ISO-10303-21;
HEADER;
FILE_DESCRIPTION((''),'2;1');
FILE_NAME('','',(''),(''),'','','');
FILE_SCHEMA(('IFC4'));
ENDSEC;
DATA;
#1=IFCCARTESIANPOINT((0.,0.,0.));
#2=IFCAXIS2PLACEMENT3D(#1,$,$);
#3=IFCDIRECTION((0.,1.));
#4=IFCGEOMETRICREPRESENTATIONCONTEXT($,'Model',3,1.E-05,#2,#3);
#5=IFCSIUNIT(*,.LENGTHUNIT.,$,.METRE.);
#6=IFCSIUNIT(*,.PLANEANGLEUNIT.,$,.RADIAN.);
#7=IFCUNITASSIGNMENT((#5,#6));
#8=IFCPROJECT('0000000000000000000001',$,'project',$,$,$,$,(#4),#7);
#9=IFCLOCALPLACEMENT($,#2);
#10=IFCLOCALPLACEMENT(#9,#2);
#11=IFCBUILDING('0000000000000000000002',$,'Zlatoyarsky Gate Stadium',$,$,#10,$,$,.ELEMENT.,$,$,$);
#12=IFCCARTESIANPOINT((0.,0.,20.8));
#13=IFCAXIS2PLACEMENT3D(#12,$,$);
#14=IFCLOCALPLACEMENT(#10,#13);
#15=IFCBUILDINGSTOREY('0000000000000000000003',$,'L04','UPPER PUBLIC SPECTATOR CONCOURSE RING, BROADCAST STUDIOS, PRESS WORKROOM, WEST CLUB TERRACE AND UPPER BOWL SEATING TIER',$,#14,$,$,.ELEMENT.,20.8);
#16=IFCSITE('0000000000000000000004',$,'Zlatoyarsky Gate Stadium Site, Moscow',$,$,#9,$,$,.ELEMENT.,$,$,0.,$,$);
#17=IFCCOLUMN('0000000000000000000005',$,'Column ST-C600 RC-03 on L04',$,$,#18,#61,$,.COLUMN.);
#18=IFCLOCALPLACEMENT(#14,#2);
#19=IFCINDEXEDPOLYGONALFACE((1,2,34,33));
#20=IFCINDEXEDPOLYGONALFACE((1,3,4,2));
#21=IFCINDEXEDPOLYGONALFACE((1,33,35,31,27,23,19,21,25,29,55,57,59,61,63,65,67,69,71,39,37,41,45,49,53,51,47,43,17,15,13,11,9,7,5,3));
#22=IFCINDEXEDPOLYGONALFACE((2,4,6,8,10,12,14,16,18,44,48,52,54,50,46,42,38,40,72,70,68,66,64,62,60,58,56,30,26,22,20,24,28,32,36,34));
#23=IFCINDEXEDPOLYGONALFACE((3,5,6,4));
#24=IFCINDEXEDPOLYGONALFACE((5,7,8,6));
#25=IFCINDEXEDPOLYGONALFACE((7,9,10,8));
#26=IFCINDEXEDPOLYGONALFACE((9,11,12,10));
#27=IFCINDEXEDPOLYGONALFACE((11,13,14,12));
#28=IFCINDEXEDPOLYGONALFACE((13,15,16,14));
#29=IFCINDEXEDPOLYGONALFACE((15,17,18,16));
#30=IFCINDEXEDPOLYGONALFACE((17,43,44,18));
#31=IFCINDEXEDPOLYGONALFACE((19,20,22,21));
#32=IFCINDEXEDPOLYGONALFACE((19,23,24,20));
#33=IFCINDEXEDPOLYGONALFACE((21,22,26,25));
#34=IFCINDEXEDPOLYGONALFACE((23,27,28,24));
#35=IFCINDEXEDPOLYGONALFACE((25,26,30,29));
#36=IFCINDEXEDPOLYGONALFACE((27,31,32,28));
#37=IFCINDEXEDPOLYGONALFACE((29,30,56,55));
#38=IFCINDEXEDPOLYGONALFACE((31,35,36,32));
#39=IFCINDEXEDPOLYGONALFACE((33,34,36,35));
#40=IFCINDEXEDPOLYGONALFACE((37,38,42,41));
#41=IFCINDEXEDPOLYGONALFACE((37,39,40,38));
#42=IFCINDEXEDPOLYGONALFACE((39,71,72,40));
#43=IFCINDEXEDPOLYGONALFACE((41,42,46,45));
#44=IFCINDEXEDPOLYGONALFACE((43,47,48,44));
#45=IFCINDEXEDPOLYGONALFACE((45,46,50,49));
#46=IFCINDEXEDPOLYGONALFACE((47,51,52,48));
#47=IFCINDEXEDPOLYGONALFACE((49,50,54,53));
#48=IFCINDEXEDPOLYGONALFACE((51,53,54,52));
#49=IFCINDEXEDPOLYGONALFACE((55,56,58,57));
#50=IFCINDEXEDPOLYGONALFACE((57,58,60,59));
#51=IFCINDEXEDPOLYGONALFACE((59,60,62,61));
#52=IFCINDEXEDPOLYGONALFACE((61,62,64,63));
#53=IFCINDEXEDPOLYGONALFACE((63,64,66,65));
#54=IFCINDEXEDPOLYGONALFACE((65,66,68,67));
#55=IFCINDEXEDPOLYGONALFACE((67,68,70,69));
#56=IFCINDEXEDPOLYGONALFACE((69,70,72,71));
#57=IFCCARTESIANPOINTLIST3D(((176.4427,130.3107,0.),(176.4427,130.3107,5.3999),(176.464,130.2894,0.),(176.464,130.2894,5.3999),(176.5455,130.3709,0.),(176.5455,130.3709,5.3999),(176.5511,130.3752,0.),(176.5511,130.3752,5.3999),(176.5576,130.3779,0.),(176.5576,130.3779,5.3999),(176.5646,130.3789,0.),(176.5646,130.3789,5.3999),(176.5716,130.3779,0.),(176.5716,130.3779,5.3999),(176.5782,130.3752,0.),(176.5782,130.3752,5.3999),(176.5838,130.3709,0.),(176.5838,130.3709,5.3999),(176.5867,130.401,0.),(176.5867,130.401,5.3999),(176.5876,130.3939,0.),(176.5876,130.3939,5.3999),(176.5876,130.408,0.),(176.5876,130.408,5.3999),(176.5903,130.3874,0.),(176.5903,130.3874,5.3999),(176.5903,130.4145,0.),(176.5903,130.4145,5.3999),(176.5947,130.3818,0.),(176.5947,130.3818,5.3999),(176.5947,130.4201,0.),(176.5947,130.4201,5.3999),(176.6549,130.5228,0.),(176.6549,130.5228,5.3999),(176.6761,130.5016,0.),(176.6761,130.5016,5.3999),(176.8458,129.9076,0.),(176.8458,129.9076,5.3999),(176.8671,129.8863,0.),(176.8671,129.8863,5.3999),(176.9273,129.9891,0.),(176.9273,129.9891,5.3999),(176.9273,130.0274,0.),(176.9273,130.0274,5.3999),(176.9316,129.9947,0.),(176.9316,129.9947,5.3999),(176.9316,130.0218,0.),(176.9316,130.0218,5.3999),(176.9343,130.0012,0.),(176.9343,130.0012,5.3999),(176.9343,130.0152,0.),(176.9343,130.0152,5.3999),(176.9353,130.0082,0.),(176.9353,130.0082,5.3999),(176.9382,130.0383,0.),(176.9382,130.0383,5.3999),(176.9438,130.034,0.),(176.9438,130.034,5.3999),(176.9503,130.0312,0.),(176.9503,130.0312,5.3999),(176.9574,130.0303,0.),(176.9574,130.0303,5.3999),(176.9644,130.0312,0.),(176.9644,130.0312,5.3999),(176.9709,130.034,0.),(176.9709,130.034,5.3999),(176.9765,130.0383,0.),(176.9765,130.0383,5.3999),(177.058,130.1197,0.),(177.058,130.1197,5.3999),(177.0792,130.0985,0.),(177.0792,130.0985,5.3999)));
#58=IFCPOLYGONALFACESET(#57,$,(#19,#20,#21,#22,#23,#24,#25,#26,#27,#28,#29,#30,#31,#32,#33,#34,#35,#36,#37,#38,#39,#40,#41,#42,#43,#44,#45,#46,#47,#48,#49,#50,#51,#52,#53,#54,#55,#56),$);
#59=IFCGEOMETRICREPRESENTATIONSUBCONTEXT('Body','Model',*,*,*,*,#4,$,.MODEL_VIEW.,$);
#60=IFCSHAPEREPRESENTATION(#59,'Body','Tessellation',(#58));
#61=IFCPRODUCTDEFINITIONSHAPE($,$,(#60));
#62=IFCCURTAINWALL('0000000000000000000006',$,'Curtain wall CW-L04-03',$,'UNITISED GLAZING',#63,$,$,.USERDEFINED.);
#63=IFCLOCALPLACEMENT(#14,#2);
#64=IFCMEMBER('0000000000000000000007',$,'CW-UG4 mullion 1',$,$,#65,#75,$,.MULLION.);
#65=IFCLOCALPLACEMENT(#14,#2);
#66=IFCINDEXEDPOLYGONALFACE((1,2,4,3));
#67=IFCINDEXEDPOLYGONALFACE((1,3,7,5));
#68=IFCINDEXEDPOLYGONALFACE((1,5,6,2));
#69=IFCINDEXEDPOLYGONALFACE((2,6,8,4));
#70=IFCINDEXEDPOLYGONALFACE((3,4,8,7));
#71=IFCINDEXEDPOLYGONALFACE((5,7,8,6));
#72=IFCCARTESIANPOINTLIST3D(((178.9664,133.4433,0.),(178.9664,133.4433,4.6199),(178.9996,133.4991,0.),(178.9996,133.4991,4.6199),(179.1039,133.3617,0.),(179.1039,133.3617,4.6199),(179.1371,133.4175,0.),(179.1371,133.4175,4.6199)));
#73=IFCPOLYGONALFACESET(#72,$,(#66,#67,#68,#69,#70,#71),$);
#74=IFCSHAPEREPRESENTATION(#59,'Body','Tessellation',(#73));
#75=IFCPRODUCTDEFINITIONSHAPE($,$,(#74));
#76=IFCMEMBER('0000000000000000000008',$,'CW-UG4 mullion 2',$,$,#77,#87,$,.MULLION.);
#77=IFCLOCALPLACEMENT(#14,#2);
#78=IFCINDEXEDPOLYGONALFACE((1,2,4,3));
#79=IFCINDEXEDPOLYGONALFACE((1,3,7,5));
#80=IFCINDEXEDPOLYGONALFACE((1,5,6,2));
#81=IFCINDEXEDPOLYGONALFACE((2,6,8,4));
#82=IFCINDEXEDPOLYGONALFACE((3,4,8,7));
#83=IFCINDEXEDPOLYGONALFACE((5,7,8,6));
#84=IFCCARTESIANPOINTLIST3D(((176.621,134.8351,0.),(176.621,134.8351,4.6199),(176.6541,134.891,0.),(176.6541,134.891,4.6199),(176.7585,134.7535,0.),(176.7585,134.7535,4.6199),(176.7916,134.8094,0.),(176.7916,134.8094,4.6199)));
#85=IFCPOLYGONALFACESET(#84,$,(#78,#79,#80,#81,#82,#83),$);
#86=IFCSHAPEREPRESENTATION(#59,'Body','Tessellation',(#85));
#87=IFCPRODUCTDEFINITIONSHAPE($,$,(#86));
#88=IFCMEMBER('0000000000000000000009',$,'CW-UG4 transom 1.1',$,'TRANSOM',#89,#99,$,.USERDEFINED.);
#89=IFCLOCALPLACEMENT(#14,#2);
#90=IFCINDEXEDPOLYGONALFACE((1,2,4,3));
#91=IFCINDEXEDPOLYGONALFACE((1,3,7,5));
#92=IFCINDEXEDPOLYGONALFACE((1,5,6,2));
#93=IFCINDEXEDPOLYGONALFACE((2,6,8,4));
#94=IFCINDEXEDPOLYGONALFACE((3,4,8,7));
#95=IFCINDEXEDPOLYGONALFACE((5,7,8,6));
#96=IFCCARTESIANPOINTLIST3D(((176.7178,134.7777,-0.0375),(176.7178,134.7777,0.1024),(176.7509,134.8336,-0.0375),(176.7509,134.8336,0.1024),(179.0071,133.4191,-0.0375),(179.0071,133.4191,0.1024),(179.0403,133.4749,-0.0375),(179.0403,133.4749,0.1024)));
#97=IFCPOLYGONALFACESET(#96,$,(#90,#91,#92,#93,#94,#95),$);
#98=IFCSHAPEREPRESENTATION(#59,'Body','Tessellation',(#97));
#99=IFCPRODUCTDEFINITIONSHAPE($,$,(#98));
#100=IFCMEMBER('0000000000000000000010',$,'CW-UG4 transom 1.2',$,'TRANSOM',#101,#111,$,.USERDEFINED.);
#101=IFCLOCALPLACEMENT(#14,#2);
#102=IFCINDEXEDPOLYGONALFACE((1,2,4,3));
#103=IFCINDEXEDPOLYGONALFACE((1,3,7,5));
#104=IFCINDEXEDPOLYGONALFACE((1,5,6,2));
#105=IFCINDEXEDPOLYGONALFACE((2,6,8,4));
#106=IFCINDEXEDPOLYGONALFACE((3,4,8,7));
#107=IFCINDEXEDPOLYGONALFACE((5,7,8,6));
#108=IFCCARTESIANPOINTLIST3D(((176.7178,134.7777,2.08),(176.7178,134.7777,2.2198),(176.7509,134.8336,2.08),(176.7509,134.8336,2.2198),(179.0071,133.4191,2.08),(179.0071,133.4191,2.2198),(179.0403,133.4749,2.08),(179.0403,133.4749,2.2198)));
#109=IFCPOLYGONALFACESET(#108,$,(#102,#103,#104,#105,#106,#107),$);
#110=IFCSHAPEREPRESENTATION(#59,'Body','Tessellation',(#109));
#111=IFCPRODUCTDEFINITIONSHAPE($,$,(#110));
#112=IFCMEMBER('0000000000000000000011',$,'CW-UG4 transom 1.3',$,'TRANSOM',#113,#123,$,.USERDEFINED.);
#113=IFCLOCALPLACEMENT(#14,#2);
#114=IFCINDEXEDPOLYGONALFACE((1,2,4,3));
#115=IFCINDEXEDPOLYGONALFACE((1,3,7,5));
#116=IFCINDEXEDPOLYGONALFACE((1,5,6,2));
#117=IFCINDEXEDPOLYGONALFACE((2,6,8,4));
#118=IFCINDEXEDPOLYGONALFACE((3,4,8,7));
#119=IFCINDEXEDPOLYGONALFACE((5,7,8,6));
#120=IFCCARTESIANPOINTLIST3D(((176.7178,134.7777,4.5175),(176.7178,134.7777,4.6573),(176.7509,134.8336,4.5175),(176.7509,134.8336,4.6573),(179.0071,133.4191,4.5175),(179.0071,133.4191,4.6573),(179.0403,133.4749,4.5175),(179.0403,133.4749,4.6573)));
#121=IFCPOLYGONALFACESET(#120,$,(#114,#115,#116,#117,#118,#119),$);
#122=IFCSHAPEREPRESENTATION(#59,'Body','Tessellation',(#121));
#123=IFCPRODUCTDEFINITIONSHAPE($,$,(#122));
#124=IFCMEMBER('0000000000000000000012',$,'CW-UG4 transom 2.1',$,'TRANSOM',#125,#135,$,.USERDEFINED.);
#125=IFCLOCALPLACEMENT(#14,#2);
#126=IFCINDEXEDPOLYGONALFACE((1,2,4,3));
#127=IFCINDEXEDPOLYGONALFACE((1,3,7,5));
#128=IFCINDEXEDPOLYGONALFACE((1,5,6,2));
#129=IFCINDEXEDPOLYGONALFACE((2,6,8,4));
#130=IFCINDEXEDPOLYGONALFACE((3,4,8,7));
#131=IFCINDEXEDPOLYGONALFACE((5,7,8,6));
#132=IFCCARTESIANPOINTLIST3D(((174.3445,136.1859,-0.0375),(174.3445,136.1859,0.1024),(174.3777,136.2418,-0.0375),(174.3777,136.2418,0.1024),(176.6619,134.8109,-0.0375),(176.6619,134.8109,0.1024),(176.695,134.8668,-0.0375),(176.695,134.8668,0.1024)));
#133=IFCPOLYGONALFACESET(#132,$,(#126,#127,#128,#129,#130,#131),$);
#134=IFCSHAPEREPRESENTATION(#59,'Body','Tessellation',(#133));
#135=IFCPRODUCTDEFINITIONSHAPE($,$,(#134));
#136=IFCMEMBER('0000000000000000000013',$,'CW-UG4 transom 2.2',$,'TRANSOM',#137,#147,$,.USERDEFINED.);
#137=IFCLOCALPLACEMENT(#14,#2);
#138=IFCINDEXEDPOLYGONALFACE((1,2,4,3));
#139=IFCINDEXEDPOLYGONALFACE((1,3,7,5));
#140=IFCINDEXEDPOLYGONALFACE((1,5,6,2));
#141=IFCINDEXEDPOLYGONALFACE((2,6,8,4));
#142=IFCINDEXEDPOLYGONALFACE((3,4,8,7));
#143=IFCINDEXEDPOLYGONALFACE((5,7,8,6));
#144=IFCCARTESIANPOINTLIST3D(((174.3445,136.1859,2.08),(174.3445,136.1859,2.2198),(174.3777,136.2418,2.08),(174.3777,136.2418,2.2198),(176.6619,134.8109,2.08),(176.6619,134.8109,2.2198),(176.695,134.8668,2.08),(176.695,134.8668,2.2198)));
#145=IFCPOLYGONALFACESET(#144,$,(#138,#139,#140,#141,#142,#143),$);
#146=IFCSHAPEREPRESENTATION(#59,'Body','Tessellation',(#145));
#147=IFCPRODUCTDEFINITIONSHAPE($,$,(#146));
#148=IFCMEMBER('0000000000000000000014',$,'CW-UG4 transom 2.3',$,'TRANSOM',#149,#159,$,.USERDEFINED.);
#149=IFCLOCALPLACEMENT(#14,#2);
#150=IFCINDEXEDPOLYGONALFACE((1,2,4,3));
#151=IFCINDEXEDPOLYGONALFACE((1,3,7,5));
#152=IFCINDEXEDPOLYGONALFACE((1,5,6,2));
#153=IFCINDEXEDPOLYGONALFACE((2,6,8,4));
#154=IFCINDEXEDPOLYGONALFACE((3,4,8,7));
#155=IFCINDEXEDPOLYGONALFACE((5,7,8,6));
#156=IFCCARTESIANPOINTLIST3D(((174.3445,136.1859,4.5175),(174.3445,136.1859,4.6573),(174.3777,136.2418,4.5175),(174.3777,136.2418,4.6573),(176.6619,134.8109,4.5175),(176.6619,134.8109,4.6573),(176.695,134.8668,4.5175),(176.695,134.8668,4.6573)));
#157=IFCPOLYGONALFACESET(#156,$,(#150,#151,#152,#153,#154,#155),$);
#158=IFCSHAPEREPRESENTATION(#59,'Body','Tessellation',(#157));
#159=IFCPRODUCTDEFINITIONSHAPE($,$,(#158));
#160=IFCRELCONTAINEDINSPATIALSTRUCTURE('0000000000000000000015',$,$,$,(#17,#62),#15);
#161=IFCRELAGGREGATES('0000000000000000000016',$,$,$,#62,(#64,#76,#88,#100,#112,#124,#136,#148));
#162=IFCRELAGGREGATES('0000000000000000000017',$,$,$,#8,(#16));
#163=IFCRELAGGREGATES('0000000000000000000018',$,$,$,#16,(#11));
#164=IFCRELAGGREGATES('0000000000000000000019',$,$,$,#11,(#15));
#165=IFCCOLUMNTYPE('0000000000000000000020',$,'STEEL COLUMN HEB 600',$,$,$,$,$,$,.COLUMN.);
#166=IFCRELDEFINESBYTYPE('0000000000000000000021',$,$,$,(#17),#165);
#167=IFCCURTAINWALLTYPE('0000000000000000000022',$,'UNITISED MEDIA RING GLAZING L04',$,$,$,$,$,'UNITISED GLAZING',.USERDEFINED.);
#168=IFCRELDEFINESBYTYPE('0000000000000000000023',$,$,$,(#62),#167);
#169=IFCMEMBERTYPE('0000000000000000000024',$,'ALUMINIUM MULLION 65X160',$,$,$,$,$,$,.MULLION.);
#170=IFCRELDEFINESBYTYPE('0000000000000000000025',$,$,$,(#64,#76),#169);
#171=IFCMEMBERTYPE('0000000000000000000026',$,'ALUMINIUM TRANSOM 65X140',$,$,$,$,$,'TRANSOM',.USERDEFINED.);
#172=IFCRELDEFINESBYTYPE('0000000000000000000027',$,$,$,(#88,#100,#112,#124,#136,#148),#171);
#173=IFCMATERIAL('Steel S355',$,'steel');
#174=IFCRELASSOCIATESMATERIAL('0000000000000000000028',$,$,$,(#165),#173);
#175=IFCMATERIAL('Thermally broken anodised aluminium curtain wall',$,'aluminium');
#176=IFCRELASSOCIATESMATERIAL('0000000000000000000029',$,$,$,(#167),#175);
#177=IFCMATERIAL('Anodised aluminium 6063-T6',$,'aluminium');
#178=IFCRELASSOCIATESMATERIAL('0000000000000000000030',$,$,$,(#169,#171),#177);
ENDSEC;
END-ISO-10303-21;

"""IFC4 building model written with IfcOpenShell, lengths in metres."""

from ifc_helpers import new_model, si_unit, direction, frame, origin, origin_2d, place, context, subcontext, project, spatial, rectangle, i_section, extrude, material, material_profile, profile_set, type_object, element, aggregate, save


model = new_model("IFC4")

# Units and contexts
model_context = context("Model", 3, precision=1e-05, world=origin(), true_north=direction((0.0, 1.0)))
body_context = subcontext(model_context, "Body", "Model", "MODEL_VIEW")
ifc_project = project(units=[si_unit("LENGTHUNIT", "METRE"), si_unit("PLANEANGLEUNIT", "RADIAN")], contexts=[model_context])

# Site, building, storey
site_placement = place(None, origin())
site = spatial("IfcSite", under=ifc_project, at=site_placement, Name="Zlatoyarsky Gate Stadium Site, Moscow", CompositionType="ELEMENT", RefElevation=0.0)
building_placement = place(site_placement, origin())
building = spatial("IfcBuilding", under=site, at=building_placement, Name="Zlatoyarsky Gate Stadium", CompositionType="ELEMENT")
storey_placement = place(building_placement, frame((0.0, 0.0, 20.8)))
storey = spatial("IfcBuildingStorey", under=building, at=storey_placement, Name="L04", Description="UPPER PUBLIC SPECTATOR CONCOURSE RING, BROADCAST STUDIOS, PRESS WORKROOM, WEST CLUB TERRACE AND UPPER BOWL SEATING TIER", CompositionType="ELEMENT", Elevation=20.8)

# Column
ifc_material_1 = material(Name="Steel S355", Category="steel")
ifc_material_profile_1 = material_profile(ifc_material_1, i_section(OverallWidth=0.3, OverallDepth=0.6001, WebThickness=0.0154, FlangeThickness=0.03, FilletRadius=0.0271, at=origin_2d()), Name="HEB 600")
ifc_profile_set_1 = profile_set([ifc_material_profile_1], Name="Steel S355")
column_type = type_object("IfcColumnType", Name="STEEL COLUMN HEB 600", PredefinedType="COLUMN", material=ifc_profile_set_1)
column_placement = place(storey_placement, frame((176.761, 130.2046, 0.0), z_axis=(0.0, 0.0, 1.0), x_axis=(0.707107, 0.707107, 0.0)))
element("IfcColumn", 1, at=column_placement, inside=storey, type_object=column_type, Name="Column ST-C600 RC-03 on L04", PredefinedType="COLUMN", context=body_context, shape_type="SweptSolid", body=[
    extrude(i_section(OverallWidth=0.3, OverallDepth=0.6001, WebThickness=0.0154, FlangeThickness=0.03, FilletRadius=0.0271, at=origin_2d()), origin(), (0.0, 0.0, 1.0), 5.3999),
])

# Curtain wall, members
ifc_material_2 = material(Name="Thermally broken anodised aluminium curtain wall", Category="aluminium")
curtain_wall_type = type_object("IfcCurtainWallType", Name="UNITISED MEDIA RING GLAZING L04", ElementType="UNITISED GLAZING", PredefinedType="USERDEFINED", material=ifc_material_2)
curtain_wall_placement = place(storey_placement, origin())
curtain_wall = element("IfcCurtainWall", 2, at=curtain_wall_placement, inside=storey, type_object=curtain_wall_type, Name="Curtain wall CW-L04-03", ObjectType="UNITISED GLAZING", PredefinedType="USERDEFINED")
ifc_material_3 = material(Name="Anodised aluminium 6063-T6", Category="aluminium")
ifc_material_profile_2 = material_profile(ifc_material_3, rectangle(XDim=0.0649, YDim=0.1599, at=origin_2d()), Name="ALU 65X160")
ifc_profile_set_2 = profile_set([ifc_material_profile_2], Name="Anodised aluminium 6063-T6")
member_type_1 = type_object("IfcMemberType", Name="ALUMINIUM MULLION 65X160", PredefinedType="MULLION", material=ifc_profile_set_2)
member_1_placement = place(storey_placement, frame((179.0518, 133.4304, 0.0), z_axis=(0.0, 0.0, 1.0), x_axis=(-0.51033, -0.859978, 0.0)))
member_1 = element("IfcMember", 3, at=member_1_placement, type_object=member_type_1, Name="CW-UG4 mullion 1", PredefinedType="MULLION", context=body_context, shape_type="SweptSolid", body=[
    extrude(rectangle(XDim=0.0649, YDim=0.1599, at=origin_2d()), origin(), (0.0, 0.0, 1.0), 4.6199),
])
member_2_placement = place(storey_placement, frame((176.7063, 134.8223, 0.0), z_axis=(0.0, 0.0, 1.0), x_axis=(-0.51033, -0.859978, 0.0)))
member_2 = element("IfcMember", 4, at=member_2_placement, type_object=member_type_1, Name="CW-UG4 mullion 2", PredefinedType="MULLION", context=body_context, shape_type="SweptSolid", body=[
    extrude(rectangle(XDim=0.0649, YDim=0.1599, at=origin_2d()), origin(), (0.0, 0.0, 1.0), 4.6199),
])
ifc_material_profile_3 = material_profile(ifc_material_3, rectangle(XDim=0.0649, YDim=0.1399, at=origin_2d()), Name="ALU 65X140")
ifc_profile_set_3 = profile_set([ifc_material_profile_3], Name="Anodised aluminium 6063-T6")
member_type_2 = type_object("IfcMemberType", Name="ALUMINIUM TRANSOM 65X140", ElementType="TRANSOM", PredefinedType="USERDEFINED", material=ifc_profile_set_3)
member_3_placement = place(storey_placement, frame((179.0237, 133.447, 0.0325), z_axis=(-0.859959, 0.510363, 0.0), x_axis=(-0.510363, -0.859959, 0.0)))
member_3 = element("IfcMember", 5, at=member_3_placement, type_object=member_type_2, Name="CW-UG4 transom 1.1", ObjectType="TRANSOM", PredefinedType="USERDEFINED", context=body_context, shape_type="SweptSolid", body=[
    extrude(rectangle(XDim=0.0649, YDim=0.1399, at=origin_2d()), origin(), (0.0, 0.0, 1.0), 2.6621),
])
member_4_placement = place(storey_placement, frame((179.0237, 133.447, 2.1499), z_axis=(-0.859959, 0.510363, 0.0), x_axis=(-0.510363, -0.859959, 0.0)))
member_4 = element("IfcMember", 6, at=member_4_placement, type_object=member_type_2, Name="CW-UG4 transom 1.2", ObjectType="TRANSOM", PredefinedType="USERDEFINED", context=body_context, shape_type="SweptSolid", body=[
    extrude(rectangle(XDim=0.0649, YDim=0.1399, at=origin_2d()), origin(), (0.0, 0.0, 1.0), 2.6621),
])
member_5_placement = place(storey_placement, frame((179.0237, 133.447, 4.5874), z_axis=(-0.859959, 0.510363, 0.0), x_axis=(-0.510363, -0.859959, 0.0)))
member_5 = element("IfcMember", 7, at=member_5_placement, type_object=member_type_2, Name="CW-UG4 transom 1.3", ObjectType="TRANSOM", PredefinedType="USERDEFINED", context=body_context, shape_type="SweptSolid", body=[
    extrude(rectangle(XDim=0.0649, YDim=0.1399, at=origin_2d()), origin(), (0.0, 0.0, 1.0), 2.6621),
])
member_6_placement = place(storey_placement, frame((176.6785, 134.8389, 0.0325), z_axis=(-0.860009, 0.510279, 0.0), x_axis=(-0.510279, -0.860009, 0.0)))
member_6 = element("IfcMember", 8, at=member_6_placement, type_object=member_type_2, Name="CW-UG4 transom 2.1", ObjectType="TRANSOM", PredefinedType="USERDEFINED", context=body_context, shape_type="SweptSolid", body=[
    extrude(rectangle(XDim=0.0649, YDim=0.1399, at=origin_2d()), origin(), (0.0, 0.0, 1.0), 2.6946),
])
member_7_placement = place(storey_placement, frame((176.6785, 134.8389, 2.1499), z_axis=(-0.860009, 0.510279, 0.0), x_axis=(-0.510279, -0.860009, 0.0)))
member_7 = element("IfcMember", 9, at=member_7_placement, type_object=member_type_2, Name="CW-UG4 transom 2.2", ObjectType="TRANSOM", PredefinedType="USERDEFINED", context=body_context, shape_type="SweptSolid", body=[
    extrude(rectangle(XDim=0.0649, YDim=0.1399, at=origin_2d()), origin(), (0.0, 0.0, 1.0), 2.6946),
])
member_8_placement = place(storey_placement, frame((176.6785, 134.8389, 4.5874), z_axis=(-0.860009, 0.510279, 0.0), x_axis=(-0.510279, -0.860009, 0.0)))
member_8 = element("IfcMember", 10, at=member_8_placement, type_object=member_type_2, Name="CW-UG4 transom 2.3", ObjectType="TRANSOM", PredefinedType="USERDEFINED", context=body_context, shape_type="SweptSolid", body=[
    extrude(rectangle(XDim=0.0649, YDim=0.1399, at=origin_2d()), origin(), (0.0, 0.0, 1.0), 2.6946),
])

aggregate(curtain_wall, [member_1, member_2, member_3, member_4, member_5, member_6, member_7, member_8])

save(model, "model.ifc")
